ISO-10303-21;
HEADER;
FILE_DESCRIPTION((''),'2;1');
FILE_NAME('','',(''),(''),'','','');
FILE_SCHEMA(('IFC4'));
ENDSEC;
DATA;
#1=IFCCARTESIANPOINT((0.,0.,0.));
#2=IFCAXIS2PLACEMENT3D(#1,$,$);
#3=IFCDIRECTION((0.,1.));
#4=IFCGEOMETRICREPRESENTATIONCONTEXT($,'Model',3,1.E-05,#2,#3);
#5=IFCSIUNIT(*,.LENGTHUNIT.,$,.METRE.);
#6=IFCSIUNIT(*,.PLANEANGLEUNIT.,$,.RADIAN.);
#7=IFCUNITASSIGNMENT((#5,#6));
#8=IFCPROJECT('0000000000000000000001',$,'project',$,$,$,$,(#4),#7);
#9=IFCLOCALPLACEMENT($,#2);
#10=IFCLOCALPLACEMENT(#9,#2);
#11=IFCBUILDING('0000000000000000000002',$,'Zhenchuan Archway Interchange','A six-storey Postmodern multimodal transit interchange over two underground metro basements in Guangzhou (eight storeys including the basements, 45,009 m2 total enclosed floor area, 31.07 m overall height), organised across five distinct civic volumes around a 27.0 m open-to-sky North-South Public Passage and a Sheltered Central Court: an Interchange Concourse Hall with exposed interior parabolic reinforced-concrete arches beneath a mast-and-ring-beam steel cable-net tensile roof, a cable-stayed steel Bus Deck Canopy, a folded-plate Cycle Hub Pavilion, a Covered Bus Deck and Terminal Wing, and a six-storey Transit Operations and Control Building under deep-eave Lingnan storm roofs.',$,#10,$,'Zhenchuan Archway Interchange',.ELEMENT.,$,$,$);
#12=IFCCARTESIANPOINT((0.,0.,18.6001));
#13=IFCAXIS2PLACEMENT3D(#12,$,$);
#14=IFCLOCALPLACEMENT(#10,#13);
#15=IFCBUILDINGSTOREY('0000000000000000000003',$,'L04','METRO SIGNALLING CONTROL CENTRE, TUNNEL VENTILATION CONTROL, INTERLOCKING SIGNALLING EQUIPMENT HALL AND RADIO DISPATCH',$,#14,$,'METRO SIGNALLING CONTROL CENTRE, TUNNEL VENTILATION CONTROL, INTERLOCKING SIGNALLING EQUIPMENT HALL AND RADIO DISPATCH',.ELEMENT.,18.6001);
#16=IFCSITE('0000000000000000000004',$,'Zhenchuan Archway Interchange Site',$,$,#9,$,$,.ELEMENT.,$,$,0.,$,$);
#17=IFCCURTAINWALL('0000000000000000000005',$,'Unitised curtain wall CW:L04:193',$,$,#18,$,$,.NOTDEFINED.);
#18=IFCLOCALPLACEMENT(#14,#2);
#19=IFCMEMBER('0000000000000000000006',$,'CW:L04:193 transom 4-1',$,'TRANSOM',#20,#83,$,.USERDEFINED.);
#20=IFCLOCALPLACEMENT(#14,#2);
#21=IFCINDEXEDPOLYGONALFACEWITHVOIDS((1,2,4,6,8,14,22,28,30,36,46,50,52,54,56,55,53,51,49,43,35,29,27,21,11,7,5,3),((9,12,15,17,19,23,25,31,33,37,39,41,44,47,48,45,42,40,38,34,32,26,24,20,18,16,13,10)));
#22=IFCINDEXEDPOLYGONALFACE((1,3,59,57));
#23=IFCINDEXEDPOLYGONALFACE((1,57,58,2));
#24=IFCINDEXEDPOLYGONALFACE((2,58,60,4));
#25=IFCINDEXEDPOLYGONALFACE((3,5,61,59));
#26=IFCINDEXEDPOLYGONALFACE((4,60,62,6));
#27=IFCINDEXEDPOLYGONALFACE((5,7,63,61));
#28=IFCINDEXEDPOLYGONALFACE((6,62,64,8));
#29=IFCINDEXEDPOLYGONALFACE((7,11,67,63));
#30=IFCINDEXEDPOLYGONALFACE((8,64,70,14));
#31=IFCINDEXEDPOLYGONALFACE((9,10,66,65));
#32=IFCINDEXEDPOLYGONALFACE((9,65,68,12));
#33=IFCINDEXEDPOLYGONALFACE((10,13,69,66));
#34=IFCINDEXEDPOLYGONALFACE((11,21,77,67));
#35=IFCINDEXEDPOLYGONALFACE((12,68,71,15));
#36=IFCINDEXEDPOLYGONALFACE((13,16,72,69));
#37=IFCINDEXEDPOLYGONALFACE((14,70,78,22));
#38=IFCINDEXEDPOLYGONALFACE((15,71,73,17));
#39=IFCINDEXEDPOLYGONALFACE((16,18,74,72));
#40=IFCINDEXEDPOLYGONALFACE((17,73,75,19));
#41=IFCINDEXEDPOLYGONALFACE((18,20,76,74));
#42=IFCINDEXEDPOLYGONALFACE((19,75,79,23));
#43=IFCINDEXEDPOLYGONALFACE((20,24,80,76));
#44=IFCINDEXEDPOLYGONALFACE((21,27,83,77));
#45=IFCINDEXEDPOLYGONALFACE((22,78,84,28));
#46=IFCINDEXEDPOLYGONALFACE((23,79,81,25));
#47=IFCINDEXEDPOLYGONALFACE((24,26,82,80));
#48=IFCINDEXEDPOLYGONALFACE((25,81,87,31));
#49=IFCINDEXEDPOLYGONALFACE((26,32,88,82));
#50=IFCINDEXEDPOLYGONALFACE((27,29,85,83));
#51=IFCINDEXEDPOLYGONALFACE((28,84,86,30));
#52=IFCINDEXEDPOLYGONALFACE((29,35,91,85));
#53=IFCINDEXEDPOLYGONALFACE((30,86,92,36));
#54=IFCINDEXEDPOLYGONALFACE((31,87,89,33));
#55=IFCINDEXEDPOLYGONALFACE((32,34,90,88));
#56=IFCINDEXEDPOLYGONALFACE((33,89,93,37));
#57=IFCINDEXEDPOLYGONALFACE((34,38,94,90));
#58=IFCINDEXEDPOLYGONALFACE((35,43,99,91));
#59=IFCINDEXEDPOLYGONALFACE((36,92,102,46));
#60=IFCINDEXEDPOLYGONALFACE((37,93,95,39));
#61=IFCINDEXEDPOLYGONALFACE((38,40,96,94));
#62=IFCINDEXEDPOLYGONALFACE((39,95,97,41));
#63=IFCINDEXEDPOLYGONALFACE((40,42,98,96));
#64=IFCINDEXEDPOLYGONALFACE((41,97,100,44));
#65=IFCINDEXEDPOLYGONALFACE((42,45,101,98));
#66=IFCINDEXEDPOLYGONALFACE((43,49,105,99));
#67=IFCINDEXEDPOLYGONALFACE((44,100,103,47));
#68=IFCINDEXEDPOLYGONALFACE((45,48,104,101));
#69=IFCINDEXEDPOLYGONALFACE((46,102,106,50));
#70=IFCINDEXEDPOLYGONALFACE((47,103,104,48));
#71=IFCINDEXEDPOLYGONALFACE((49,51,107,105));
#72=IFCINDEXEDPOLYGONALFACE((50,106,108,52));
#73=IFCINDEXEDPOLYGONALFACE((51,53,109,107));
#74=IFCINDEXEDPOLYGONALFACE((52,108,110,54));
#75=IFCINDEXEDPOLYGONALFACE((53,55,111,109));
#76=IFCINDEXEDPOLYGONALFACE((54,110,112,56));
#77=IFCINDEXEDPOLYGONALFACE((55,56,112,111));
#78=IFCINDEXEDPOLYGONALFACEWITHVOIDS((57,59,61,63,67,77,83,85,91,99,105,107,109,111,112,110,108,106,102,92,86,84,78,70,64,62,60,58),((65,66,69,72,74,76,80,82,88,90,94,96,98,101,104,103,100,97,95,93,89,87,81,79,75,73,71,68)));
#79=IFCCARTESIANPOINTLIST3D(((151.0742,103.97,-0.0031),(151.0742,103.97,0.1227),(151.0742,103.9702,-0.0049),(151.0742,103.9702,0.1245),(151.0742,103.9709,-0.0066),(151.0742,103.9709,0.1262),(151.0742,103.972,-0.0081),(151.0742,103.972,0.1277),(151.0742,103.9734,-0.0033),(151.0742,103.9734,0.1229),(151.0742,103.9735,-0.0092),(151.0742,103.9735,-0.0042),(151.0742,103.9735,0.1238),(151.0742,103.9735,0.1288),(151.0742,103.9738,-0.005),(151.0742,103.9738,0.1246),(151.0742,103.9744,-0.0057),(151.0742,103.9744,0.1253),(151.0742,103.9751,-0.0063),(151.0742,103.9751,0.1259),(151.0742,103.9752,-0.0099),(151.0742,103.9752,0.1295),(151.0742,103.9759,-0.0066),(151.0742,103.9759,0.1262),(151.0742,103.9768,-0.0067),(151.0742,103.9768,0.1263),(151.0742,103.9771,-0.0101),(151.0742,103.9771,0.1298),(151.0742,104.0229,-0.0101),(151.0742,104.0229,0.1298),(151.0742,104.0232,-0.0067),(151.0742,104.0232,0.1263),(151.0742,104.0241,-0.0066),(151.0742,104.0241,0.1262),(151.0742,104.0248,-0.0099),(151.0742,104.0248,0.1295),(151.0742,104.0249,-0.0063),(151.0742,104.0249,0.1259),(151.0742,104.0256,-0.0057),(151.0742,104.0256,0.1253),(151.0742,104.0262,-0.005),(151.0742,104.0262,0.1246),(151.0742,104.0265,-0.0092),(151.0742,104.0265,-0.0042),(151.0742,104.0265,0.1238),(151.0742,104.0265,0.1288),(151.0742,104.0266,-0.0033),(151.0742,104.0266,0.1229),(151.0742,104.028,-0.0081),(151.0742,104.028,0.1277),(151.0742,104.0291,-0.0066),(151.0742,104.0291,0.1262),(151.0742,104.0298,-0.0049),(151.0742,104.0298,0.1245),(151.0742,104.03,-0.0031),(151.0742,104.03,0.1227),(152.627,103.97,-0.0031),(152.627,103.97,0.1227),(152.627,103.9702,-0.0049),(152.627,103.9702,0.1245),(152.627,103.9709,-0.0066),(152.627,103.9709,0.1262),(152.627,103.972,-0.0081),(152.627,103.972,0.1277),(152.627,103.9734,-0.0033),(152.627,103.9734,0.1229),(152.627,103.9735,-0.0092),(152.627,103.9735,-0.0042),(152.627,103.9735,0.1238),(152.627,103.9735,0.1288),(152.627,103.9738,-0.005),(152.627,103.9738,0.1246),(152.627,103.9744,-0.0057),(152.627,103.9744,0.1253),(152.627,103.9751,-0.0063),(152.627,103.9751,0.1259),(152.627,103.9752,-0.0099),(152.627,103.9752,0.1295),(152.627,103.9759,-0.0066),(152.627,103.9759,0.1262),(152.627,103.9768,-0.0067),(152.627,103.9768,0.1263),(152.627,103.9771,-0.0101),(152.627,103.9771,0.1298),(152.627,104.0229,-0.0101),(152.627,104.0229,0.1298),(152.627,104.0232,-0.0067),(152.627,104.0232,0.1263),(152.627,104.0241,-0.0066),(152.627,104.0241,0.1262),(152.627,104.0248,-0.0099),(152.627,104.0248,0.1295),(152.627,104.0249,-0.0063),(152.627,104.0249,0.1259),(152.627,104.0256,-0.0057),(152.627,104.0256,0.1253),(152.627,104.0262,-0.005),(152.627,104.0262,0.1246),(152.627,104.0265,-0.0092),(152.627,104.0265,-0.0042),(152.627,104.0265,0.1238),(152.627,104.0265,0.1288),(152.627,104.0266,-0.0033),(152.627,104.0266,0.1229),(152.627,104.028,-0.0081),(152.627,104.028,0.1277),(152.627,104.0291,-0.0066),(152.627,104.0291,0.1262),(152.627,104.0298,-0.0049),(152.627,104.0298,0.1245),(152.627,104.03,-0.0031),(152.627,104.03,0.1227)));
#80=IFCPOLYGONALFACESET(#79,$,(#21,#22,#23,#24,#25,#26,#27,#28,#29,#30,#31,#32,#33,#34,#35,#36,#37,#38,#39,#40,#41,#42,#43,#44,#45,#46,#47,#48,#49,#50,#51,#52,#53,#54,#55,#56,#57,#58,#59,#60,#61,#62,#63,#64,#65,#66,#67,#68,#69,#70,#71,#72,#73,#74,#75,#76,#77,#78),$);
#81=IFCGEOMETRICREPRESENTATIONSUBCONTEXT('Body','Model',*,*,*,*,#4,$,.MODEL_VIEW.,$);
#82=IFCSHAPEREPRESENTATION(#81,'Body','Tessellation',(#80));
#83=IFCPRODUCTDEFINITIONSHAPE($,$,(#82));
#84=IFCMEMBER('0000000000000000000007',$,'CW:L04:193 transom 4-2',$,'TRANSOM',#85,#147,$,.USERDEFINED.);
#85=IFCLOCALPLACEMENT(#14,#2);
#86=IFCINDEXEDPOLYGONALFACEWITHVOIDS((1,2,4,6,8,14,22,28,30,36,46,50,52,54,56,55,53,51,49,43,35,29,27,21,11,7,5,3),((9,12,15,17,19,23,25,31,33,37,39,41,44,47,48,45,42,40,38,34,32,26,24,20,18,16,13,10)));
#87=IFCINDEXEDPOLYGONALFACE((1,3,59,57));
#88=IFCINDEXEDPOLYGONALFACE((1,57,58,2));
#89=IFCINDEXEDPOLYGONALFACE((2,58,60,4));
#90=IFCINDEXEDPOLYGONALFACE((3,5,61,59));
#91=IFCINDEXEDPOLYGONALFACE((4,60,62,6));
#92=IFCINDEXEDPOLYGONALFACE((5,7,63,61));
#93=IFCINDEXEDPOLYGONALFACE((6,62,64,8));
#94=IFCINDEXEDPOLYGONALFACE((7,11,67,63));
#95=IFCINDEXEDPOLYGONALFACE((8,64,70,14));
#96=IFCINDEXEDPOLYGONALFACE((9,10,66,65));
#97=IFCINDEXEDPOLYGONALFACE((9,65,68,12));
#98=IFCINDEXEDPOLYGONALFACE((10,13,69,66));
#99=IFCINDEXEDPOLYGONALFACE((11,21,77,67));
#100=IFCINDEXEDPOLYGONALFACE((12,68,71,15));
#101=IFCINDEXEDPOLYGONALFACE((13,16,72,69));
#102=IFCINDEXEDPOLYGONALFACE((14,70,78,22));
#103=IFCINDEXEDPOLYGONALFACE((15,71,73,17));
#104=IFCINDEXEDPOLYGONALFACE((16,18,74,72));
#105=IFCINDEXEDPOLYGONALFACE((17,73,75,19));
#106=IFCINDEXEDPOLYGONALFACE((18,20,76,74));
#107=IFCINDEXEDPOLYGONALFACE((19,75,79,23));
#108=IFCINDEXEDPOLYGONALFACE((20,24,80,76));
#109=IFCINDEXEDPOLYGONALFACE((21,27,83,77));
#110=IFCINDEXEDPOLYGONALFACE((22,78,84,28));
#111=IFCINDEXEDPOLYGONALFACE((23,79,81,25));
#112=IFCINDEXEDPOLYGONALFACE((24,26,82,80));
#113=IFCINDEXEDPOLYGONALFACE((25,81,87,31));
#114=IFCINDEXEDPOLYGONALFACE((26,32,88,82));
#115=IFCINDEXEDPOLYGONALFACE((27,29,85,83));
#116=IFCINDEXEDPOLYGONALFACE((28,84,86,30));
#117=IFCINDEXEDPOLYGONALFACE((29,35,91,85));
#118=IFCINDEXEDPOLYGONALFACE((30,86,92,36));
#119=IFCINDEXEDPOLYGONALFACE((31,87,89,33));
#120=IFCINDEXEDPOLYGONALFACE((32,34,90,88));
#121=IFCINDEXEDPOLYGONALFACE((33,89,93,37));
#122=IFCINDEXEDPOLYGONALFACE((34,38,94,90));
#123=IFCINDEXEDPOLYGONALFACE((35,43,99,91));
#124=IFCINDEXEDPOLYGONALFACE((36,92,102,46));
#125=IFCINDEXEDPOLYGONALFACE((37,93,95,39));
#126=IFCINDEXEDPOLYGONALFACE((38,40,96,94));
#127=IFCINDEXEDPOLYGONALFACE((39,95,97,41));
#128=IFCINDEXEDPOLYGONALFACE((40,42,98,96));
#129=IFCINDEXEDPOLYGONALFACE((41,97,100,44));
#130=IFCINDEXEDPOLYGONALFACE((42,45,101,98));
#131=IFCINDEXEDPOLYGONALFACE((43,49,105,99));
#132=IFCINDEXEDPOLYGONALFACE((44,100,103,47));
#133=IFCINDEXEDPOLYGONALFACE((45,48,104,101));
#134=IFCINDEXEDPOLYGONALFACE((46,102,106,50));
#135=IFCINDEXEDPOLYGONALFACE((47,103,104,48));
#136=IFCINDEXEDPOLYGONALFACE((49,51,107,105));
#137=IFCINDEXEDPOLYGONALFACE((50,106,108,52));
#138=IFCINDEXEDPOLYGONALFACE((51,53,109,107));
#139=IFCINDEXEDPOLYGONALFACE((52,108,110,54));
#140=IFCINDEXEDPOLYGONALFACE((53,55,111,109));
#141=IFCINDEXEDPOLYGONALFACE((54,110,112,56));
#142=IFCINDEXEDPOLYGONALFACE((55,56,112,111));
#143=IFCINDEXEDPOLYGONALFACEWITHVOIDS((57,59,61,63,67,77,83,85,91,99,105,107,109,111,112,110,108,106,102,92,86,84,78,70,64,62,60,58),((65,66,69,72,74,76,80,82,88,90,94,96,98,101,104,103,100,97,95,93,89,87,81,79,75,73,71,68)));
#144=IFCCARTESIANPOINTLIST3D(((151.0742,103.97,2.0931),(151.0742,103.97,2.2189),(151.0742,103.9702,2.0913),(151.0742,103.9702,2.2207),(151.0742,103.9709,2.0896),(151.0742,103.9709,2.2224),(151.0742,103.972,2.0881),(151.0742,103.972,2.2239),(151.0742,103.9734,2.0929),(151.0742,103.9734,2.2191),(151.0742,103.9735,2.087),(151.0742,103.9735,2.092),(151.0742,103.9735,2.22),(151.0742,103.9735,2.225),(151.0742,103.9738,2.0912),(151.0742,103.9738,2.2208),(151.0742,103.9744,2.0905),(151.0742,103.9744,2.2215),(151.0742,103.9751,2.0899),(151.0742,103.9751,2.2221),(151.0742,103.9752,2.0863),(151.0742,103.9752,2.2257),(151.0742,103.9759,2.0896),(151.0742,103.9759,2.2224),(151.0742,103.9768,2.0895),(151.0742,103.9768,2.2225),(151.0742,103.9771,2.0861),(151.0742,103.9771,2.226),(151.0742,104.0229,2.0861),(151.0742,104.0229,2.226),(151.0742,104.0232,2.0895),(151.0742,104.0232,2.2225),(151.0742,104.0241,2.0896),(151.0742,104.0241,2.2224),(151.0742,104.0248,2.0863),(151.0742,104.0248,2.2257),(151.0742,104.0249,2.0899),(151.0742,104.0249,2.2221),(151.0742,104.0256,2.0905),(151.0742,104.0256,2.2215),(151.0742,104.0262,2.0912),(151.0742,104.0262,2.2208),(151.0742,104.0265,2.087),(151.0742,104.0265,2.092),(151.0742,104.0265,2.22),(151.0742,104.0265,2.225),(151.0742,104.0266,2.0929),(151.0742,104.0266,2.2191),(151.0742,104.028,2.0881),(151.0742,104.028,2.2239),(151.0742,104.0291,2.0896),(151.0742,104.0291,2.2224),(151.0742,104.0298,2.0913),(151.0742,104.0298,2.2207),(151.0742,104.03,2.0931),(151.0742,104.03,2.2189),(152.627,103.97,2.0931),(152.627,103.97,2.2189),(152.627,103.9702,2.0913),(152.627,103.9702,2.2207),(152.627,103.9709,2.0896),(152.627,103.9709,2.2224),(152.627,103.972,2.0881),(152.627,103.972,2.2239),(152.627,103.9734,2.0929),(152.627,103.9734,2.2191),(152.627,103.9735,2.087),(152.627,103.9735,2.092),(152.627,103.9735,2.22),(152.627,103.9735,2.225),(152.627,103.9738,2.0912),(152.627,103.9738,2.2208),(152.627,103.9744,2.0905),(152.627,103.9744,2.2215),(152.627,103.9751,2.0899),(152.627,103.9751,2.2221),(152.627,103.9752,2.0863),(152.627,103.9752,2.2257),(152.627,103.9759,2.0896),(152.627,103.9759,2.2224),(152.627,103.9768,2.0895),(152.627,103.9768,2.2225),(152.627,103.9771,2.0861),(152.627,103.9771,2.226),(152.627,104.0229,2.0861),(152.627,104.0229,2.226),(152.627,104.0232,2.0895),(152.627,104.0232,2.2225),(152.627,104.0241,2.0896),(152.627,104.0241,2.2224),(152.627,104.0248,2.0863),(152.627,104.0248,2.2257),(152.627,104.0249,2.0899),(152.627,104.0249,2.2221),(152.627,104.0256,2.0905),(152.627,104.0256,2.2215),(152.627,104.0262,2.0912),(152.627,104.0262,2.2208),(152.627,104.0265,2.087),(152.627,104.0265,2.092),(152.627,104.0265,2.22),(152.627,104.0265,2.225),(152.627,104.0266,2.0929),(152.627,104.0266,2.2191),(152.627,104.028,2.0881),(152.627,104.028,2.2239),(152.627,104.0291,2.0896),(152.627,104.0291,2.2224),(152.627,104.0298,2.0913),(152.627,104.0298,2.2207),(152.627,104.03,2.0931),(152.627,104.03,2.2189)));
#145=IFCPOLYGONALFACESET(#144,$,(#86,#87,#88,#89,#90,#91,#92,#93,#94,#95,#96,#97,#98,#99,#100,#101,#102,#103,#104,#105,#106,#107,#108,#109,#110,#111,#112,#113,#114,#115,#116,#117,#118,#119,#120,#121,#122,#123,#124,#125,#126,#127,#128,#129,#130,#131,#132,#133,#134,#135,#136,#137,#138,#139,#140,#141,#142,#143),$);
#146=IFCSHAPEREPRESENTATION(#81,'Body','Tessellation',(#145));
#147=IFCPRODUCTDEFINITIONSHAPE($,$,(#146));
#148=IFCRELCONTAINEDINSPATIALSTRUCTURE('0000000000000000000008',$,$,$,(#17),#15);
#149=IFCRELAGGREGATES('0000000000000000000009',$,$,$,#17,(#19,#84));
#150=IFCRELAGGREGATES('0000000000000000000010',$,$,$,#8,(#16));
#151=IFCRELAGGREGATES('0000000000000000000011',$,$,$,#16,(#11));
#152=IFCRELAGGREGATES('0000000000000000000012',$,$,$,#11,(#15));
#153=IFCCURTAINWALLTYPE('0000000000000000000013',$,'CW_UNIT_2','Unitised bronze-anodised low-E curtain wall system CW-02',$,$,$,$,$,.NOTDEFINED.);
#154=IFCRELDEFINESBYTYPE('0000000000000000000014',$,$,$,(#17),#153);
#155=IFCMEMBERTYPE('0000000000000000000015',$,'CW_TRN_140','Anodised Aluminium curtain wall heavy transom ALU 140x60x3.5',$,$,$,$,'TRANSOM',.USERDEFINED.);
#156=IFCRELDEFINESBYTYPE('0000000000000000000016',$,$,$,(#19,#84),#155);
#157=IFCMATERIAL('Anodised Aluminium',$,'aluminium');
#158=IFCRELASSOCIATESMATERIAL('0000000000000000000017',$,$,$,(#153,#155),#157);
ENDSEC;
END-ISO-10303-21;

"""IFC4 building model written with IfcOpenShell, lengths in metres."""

from ifc_helpers import new_model, si_unit, direction, frame, origin, origin_2d, place, context, subcontext, project, spatial, hollow_rectangle, extrude, material, material_profile, profile_set, type_object, element, aggregate, save


model = new_model("IFC4")

# Units and contexts
model_context = context("Model", 3, precision=1e-05, world=origin(), true_north=direction((0.0, 1.0)))
body_context = subcontext(model_context, "Body", "Model", "MODEL_VIEW")
ifc_project = project(units=[si_unit("LENGTHUNIT", "METRE"), si_unit("PLANEANGLEUNIT", "RADIAN")], contexts=[model_context])

# Site, building, storey
site_placement = place(None, origin())
site = spatial("IfcSite", under=ifc_project, at=site_placement, Name="Zhenchuan Archway Interchange Site", CompositionType="ELEMENT", RefElevation=0.0)
building_placement = place(site_placement, origin())
building = spatial("IfcBuilding", under=site, at=building_placement, Name="Zhenchuan Archway Interchange", Description="A six-storey Postmodern multimodal transit interchange over two underground metro basements in Guangzhou (eight storeys including the basements, 45,009 m2 total enclosed floor area, 31.07 m overall height), organised across five distinct civic volumes around a 27.0 m open-to-sky North-South Public Passage and a Sheltered Central Court: an Interchange Concourse Hall with exposed interior parabolic reinforced-concrete arches beneath a mast-and-ring-beam steel cable-net tensile roof, a cable-stayed steel Bus Deck Canopy, a folded-plate Cycle Hub Pavilion, a Covered Bus Deck and Terminal Wing, and a six-storey Transit Operations and Control Building under deep-eave Lingnan storm roofs.", LongName="Zhenchuan Archway Interchange", CompositionType="ELEMENT")
storey_placement = place(building_placement, frame((0.0, 0.0, 18.6001)))
storey = spatial("IfcBuildingStorey", under=building, at=storey_placement, Name="L04", Description="METRO SIGNALLING CONTROL CENTRE, TUNNEL VENTILATION CONTROL, INTERLOCKING SIGNALLING EQUIPMENT HALL AND RADIO DISPATCH", LongName="METRO SIGNALLING CONTROL CENTRE, TUNNEL VENTILATION CONTROL, INTERLOCKING SIGNALLING EQUIPMENT HALL AND RADIO DISPATCH", CompositionType="ELEMENT", Elevation=18.6001)

# Curtain wall, members
ifc_material_1 = material(Name="Anodised Aluminium", Category="aluminium")
curtain_wall_type = type_object("IfcCurtainWallType", Name="CW_UNIT_2", Description="Unitised bronze-anodised low-E curtain wall system CW-02", PredefinedType="NOTDEFINED", material=ifc_material_1)
curtain_wall_placement = place(storey_placement, origin())
curtain_wall = element("IfcCurtainWall", 1, at=curtain_wall_placement, inside=storey, type_object=curtain_wall_type, Name="Unitised curtain wall CW:L04:193", PredefinedType="NOTDEFINED")
ifc_material_profile_1 = material_profile(ifc_material_1, hollow_rectangle(XDim=0.0601, YDim=0.1399, WallThickness=0.0034, InnerFilletRadius=0.0034, OuterFilletRadius=0.0071, at=origin_2d()), Name="ALU 140x60x3.5")
ifc_profile_set_1 = profile_set([ifc_material_profile_1], Name="Anodised Aluminium")
member_type_1 = type_object("IfcMemberType", Name="CW_TRN_140", Description="Anodised Aluminium curtain wall heavy transom ALU 140x60x3.5", ElementType="TRANSOM", PredefinedType="USERDEFINED", material=ifc_profile_set_1)
member_1_placement = place(storey_placement, frame((151.0742, 104.0, 0.0598), z_axis=(1.0, 0.0, 0.0), x_axis=(0.0, 1.0, 0.0)))
member_1 = element("IfcMember", 2, at=member_1_placement, type_object=member_type_1, Name="CW:L04:193 transom 4-1", ObjectType="TRANSOM", PredefinedType="USERDEFINED", context=body_context, shape_type="SweptSolid", body=[
    extrude(hollow_rectangle(XDim=0.0601, YDim=0.1399, WallThickness=0.0034, InnerFilletRadius=0.0034, OuterFilletRadius=0.0071, at=origin_2d()), origin(), (0.0, 0.0, 1.0), 1.5527),
])
member_2_placement = place(storey_placement, frame((151.0742, 104.0, 2.156), z_axis=(1.0, 0.0, 0.0), x_axis=(0.0, 1.0, 0.0)))
member_2 = element("IfcMember", 3, at=member_2_placement, type_object=member_type_1, Name="CW:L04:193 transom 4-2", ObjectType="TRANSOM", PredefinedType="USERDEFINED", context=body_context, shape_type="SweptSolid", body=[
    extrude(hollow_rectangle(XDim=0.0601, YDim=0.1399, WallThickness=0.0034, InnerFilletRadius=0.0034, OuterFilletRadius=0.0071, at=origin_2d()), origin(), (0.0, 0.0, 1.0), 1.5527),
])
aggregate(curtain_wall, [member_1, member_2])

save(model, "model.ifc")
